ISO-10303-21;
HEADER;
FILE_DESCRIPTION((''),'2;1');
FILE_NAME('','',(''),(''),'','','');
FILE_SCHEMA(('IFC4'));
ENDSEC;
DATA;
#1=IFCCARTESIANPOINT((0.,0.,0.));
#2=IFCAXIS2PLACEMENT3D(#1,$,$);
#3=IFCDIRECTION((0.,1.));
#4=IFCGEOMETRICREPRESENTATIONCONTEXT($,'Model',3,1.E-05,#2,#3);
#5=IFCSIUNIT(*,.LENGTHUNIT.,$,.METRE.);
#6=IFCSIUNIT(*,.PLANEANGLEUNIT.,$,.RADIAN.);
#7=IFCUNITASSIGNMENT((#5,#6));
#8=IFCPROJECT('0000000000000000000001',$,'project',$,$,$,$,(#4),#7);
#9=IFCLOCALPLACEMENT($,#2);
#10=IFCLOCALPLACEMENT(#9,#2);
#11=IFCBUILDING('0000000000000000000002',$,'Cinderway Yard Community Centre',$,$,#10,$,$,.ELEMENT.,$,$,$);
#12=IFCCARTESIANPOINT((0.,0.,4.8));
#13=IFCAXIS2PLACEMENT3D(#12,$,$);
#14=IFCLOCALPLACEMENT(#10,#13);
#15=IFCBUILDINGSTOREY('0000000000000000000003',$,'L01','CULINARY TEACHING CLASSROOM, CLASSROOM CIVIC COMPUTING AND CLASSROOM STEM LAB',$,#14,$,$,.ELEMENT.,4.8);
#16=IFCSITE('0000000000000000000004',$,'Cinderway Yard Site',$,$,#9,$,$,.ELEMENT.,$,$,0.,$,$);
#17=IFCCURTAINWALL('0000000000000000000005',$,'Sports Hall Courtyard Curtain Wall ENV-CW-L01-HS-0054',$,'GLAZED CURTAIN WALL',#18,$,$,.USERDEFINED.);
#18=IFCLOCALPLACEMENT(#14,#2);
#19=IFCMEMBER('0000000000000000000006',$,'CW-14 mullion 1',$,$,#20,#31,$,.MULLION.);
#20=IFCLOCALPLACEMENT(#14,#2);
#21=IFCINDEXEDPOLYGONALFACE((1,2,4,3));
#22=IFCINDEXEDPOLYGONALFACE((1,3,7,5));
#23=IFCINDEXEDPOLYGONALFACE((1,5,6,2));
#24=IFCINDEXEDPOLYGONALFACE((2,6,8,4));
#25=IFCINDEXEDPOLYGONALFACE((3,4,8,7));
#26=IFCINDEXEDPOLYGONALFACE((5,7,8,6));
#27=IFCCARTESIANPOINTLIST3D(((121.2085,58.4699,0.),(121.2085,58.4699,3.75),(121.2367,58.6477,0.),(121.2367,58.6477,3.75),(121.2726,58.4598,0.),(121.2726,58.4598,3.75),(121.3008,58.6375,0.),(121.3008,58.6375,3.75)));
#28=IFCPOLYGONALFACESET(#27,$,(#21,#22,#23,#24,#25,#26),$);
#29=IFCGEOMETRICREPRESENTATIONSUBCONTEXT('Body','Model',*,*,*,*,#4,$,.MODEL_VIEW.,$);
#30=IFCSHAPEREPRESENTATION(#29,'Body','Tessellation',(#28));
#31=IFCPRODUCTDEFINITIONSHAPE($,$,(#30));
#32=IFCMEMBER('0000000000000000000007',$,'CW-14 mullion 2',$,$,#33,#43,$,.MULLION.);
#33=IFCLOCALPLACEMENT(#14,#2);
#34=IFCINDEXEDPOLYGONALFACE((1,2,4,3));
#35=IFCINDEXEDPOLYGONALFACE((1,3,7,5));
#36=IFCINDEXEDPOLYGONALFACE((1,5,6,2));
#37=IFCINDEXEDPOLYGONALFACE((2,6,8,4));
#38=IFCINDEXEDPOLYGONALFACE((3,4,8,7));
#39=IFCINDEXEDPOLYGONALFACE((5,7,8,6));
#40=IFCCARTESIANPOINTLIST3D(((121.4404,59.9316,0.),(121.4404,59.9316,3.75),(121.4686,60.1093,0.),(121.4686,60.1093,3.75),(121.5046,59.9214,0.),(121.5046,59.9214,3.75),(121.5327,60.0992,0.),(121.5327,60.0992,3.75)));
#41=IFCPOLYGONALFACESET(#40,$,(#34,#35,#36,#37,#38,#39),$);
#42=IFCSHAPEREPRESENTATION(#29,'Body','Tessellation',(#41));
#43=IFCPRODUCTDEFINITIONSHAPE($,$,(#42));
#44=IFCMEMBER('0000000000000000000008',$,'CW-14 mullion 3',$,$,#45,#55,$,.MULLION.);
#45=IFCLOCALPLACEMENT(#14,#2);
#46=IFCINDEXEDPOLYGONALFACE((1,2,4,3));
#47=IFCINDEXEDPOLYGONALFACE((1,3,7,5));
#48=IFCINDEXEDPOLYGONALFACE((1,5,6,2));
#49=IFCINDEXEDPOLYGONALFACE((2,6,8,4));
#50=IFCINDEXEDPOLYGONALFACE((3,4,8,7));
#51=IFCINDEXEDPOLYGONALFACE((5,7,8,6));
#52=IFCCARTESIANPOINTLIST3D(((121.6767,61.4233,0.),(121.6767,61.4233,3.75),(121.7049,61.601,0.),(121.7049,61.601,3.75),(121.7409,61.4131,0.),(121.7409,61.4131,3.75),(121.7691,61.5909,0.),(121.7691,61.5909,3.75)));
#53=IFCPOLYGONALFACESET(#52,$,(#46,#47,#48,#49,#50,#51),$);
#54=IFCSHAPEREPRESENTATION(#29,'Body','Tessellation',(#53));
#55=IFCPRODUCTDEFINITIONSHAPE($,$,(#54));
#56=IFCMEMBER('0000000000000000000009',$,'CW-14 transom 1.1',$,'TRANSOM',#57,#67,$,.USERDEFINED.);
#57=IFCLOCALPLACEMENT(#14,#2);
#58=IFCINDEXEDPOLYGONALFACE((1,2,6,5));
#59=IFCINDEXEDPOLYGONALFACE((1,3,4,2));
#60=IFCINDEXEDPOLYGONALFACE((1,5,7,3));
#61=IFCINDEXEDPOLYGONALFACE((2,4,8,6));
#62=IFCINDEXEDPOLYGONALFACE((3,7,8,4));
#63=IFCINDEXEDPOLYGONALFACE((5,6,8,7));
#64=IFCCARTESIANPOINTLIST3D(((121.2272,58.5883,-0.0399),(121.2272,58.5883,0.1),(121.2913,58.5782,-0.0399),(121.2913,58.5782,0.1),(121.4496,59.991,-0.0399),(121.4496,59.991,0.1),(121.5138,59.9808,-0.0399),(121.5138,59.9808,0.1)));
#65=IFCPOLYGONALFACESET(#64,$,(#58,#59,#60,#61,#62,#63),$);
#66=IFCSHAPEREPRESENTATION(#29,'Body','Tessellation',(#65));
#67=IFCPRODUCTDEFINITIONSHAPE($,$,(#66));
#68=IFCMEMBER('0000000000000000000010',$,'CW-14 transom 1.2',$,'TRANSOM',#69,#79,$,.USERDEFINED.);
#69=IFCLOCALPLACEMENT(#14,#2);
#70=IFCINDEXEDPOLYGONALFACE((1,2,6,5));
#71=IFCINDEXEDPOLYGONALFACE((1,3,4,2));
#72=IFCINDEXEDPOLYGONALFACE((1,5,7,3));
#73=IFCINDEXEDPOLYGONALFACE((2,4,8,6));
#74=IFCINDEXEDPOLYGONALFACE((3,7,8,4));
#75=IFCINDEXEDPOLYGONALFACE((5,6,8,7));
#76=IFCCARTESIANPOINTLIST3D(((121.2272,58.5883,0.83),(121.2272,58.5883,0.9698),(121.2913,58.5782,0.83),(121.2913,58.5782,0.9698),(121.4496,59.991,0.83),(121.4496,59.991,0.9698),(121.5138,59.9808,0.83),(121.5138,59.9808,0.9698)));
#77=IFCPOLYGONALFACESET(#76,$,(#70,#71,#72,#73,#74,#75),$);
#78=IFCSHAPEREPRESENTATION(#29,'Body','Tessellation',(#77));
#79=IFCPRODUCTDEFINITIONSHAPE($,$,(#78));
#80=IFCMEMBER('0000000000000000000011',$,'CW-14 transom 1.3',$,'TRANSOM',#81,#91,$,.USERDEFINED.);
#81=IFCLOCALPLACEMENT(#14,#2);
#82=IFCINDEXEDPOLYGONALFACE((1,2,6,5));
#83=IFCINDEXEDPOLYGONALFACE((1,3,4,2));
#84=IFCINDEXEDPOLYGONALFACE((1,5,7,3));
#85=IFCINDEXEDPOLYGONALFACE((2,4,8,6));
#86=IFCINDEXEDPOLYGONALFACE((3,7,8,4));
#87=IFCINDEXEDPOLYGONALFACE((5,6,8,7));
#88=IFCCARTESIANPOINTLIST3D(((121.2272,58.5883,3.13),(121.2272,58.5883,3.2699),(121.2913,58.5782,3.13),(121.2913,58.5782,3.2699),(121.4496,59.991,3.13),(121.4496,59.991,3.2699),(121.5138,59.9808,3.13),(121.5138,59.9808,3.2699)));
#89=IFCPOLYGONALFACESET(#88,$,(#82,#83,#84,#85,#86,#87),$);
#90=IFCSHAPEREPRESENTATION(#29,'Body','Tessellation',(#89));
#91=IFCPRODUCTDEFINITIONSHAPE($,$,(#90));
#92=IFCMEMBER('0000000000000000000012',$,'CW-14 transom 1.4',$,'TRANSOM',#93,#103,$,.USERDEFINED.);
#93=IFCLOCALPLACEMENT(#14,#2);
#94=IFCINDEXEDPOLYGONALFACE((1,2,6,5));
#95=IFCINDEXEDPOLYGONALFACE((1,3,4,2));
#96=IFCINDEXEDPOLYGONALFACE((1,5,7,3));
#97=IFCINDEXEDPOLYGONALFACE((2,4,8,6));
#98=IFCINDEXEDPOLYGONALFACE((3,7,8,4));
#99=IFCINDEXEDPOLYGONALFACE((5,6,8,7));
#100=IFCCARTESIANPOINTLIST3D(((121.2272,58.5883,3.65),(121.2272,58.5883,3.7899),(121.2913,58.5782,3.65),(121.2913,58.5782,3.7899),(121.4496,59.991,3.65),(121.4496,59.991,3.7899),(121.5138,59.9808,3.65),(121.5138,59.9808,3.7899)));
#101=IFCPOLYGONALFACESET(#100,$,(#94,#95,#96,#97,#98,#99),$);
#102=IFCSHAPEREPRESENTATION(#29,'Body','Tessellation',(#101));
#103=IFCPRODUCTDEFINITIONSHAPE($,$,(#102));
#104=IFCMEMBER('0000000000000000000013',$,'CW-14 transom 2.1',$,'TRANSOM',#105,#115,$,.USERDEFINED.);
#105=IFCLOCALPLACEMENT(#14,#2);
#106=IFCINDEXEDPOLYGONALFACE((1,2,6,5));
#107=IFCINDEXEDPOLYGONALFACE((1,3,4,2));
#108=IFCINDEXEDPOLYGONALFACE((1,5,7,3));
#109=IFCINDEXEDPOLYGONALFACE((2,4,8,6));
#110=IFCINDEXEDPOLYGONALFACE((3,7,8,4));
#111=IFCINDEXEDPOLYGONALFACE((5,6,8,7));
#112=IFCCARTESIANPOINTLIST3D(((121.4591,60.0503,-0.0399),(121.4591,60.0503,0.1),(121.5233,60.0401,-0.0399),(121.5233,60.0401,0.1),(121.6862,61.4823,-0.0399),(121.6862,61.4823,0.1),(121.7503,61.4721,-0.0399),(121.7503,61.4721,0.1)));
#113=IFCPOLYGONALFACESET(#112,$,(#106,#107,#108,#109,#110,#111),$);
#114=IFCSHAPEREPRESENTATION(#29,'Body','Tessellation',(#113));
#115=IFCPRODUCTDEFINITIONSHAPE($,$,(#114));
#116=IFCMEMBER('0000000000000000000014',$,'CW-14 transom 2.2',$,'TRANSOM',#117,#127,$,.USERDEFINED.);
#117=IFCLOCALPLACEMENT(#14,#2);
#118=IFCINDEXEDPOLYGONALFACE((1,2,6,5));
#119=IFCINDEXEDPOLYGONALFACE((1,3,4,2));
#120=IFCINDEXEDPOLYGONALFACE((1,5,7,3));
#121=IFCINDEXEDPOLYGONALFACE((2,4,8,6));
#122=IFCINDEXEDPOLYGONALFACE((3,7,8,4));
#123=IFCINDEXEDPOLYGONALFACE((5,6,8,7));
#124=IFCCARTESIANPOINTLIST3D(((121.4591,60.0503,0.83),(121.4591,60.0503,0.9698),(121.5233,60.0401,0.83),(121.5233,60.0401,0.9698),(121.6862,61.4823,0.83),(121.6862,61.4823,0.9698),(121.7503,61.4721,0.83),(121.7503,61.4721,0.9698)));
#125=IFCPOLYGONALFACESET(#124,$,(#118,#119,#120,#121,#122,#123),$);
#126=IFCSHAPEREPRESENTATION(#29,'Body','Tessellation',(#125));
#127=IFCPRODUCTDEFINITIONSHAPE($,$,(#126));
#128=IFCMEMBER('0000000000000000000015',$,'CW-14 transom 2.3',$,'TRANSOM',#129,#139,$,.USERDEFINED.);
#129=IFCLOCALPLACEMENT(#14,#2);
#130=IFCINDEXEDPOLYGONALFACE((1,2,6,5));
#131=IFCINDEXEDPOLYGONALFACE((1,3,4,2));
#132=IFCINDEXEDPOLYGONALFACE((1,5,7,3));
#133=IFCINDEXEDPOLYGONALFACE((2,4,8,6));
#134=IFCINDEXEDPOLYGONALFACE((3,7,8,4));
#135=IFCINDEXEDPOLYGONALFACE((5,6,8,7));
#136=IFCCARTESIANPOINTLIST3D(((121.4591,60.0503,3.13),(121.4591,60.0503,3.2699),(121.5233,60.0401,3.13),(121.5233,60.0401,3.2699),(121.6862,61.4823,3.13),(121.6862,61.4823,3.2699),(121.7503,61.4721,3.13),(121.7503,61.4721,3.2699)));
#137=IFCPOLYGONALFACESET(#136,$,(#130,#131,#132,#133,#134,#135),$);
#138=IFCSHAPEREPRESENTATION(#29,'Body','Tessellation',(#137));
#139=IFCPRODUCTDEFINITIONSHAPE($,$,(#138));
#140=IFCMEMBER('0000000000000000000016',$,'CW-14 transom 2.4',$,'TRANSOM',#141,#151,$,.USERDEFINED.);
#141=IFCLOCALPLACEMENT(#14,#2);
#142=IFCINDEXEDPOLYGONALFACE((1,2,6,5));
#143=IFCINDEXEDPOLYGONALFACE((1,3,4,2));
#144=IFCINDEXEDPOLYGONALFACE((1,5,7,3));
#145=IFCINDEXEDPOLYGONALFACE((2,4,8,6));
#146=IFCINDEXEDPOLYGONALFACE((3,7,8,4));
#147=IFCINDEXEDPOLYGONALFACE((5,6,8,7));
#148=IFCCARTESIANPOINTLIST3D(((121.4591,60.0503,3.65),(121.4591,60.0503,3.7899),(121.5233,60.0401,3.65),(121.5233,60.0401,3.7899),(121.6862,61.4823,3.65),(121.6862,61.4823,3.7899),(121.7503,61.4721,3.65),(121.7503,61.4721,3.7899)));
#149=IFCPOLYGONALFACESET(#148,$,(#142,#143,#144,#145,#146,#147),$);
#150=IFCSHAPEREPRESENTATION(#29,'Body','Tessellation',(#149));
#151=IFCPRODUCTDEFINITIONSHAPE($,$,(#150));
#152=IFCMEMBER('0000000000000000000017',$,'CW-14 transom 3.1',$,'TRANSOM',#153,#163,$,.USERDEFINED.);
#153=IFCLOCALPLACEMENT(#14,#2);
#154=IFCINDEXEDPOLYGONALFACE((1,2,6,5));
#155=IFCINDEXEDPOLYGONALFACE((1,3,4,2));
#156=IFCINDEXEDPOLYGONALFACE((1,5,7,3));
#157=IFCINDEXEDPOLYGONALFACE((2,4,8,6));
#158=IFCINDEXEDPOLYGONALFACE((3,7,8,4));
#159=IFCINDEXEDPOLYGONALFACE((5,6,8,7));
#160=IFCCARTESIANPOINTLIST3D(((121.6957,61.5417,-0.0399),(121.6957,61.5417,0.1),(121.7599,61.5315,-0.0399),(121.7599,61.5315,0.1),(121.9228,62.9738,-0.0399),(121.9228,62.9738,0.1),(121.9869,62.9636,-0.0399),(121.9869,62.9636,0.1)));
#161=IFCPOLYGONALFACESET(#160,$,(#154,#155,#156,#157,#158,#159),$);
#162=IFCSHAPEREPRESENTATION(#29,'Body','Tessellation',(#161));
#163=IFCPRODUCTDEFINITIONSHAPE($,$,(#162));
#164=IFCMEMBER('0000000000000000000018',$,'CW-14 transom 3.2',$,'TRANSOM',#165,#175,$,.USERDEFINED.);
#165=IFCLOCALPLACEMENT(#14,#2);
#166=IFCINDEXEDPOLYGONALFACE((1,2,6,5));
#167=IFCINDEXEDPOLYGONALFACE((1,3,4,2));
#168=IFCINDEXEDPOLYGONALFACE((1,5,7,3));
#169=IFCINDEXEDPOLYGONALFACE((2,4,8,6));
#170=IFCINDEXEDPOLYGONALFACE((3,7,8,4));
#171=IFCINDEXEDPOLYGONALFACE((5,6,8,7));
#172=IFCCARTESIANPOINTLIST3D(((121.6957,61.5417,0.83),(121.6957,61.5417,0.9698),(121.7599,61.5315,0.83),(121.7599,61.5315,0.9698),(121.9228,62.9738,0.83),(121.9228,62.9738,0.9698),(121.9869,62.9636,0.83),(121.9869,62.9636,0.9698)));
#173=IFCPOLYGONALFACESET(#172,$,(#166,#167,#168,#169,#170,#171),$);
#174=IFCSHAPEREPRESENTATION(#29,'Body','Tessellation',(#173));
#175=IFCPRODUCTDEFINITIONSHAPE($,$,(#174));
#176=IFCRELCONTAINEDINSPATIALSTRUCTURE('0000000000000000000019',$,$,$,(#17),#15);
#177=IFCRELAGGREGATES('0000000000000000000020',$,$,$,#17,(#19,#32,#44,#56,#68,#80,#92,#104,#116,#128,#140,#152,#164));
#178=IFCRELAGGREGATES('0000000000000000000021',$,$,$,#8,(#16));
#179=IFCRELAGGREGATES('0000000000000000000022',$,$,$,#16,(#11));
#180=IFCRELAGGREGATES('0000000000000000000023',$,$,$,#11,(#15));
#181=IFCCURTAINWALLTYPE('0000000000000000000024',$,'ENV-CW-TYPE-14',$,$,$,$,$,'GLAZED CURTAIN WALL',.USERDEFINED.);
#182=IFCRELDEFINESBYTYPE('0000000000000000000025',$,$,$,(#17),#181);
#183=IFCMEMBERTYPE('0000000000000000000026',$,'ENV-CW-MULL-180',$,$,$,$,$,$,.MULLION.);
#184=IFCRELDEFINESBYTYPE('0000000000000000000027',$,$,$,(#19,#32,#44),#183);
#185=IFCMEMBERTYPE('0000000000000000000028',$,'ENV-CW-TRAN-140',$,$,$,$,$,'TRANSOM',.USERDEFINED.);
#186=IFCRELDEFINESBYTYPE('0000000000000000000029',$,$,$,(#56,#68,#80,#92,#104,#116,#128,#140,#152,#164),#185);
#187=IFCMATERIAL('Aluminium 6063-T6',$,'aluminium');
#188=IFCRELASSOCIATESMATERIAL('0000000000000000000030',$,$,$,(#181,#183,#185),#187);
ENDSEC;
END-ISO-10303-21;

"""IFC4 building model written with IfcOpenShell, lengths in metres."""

from ifc_helpers import new_model, si_unit, direction, frame, origin, origin_2d, place, context, subcontext, project, spatial, rectangle, extrude, material, material_profile, profile_set, type_object, element, aggregate, save


model = new_model("IFC4")

# Units and contexts
model_context = context("Model", 3, precision=1e-05, world=origin(), true_north=direction((0.0, 1.0)))
body_context = subcontext(model_context, "Body", "Model", "MODEL_VIEW")
ifc_project = project(units=[si_unit("LENGTHUNIT", "METRE"), si_unit("PLANEANGLEUNIT", "RADIAN")], contexts=[model_context])

# Site, building, storey
site_placement = place(None, origin())
site = spatial("IfcSite", under=ifc_project, at=site_placement, Name="Cinderway Yard Site", CompositionType="ELEMENT", RefElevation=0.0)
building_placement = place(site_placement, origin())
building = spatial("IfcBuilding", under=site, at=building_placement, Name="Cinderway Yard Community Centre", CompositionType="ELEMENT")
storey_placement = place(building_placement, frame((0.0, 0.0, 4.8)))
storey = spatial("IfcBuildingStorey", under=building, at=storey_placement, Name="L01", Description="CULINARY TEACHING CLASSROOM, CLASSROOM CIVIC COMPUTING AND CLASSROOM STEM LAB", CompositionType="ELEMENT", Elevation=4.8)

# Curtain wall, members
ifc_material_1 = material(Name="Aluminium 6063-T6", Category="aluminium")
curtain_wall_type = type_object("IfcCurtainWallType", Name="ENV-CW-TYPE-14", ElementType="GLAZED CURTAIN WALL", PredefinedType="USERDEFINED", material=ifc_material_1)
curtain_wall_placement = place(storey_placement, origin())
curtain_wall = element("IfcCurtainWall", 1, at=curtain_wall_placement, inside=storey, type_object=curtain_wall_type, Name="Sports Hall Courtyard Curtain Wall ENV-CW-L01-HS-0054", ObjectType="GLAZED CURTAIN WALL", PredefinedType="USERDEFINED")
ifc_material_profile_1 = material_profile(ifc_material_1, rectangle(XDim=0.0649, YDim=0.1799, at=origin_2d()), Name="Aluminium 6063-T6")
ifc_profile_set_1 = profile_set([ifc_material_profile_1], Name="Aluminium 6063-T6")
member_type_1 = type_object("IfcMemberType", Name="ENV-CW-MULL-180", PredefinedType="MULLION", material=ifc_profile_set_1)
member_1_placement = place(storey_placement, frame((121.2546, 58.5537, 0.0), z_axis=(0.0, 0.0, 1.0), x_axis=(-0.987661, 0.156609, 0.0)))
member_1 = element("IfcMember", 2, at=member_1_placement, type_object=member_type_1, Name="CW-14 mullion 1", PredefinedType="MULLION", context=body_context, shape_type="SweptSolid", body=[
    extrude(rectangle(XDim=0.0649, YDim=0.1799, at=origin_2d()), origin(), (0.0, 0.0, 1.0), 3.75),
])
member_2_placement = place(storey_placement, frame((121.4866, 60.0154, 0.0), z_axis=(0.0, 0.0, 1.0), x_axis=(-0.987661, 0.156609, 0.0)))
member_2 = element("IfcMember", 3, at=member_2_placement, type_object=member_type_1, Name="CW-14 mullion 2", PredefinedType="MULLION", context=body_context, shape_type="SweptSolid", body=[
    extrude(rectangle(XDim=0.0649, YDim=0.1799, at=origin_2d()), origin(), (0.0, 0.0, 1.0), 3.75),
])
member_3_placement = place(storey_placement, frame((121.7229, 61.5071, 0.0), z_axis=(0.0, 0.0, 1.0), x_axis=(-0.987661, 0.156609, 0.0)))
member_3 = element("IfcMember", 4, at=member_3_placement, type_object=member_type_1, Name="CW-14 mullion 3", PredefinedType="MULLION", context=body_context, shape_type="SweptSolid", body=[
    extrude(rectangle(XDim=0.0649, YDim=0.1799, at=origin_2d()), origin(), (0.0, 0.0, 1.0), 3.75),
])
ifc_material_profile_2 = material_profile(ifc_material_1, rectangle(XDim=0.0649, YDim=0.1399, at=origin_2d()), Name="Aluminium 6063-T6")
ifc_profile_set_2 = profile_set([ifc_material_profile_2], Name="Aluminium 6063-T6")
member_type_2 = type_object("IfcMemberType", Name="ENV-CW-TRAN-140", ElementType="TRANSOM", PredefinedType="USERDEFINED", material=ifc_profile_set_2)
member_4_placement = place(storey_placement, frame((121.2593, 58.5833, 0.03), z_axis=(0.156616, 0.98766, 0.0), x_axis=(-0.98766, 0.156616, 0.0)))
member_4 = element("IfcMember", 5, at=member_4_placement, type_object=member_type_2, Name="CW-14 transom 1.1", ObjectType="TRANSOM", PredefinedType="USERDEFINED", context=body_context, shape_type="SweptSolid", body=[
    extrude(rectangle(XDim=0.0649, YDim=0.1399, at=origin_2d()), origin(), (0.0, 0.0, 1.0), 1.4202),
])
member_5_placement = place(storey_placement, frame((121.2593, 58.5833, 0.8999), z_axis=(0.156616, 0.98766, 0.0), x_axis=(-0.98766, 0.156616, 0.0)))
member_5 = element("IfcMember", 6, at=member_5_placement, type_object=member_type_2, Name="CW-14 transom 1.2", ObjectType="TRANSOM", PredefinedType="USERDEFINED", context=body_context, shape_type="SweptSolid", body=[
    extrude(rectangle(XDim=0.0649, YDim=0.1399, at=origin_2d()), origin(), (0.0, 0.0, 1.0), 1.4202),
])
member_6_placement = place(storey_placement, frame((121.2593, 58.5833, 3.2), z_axis=(0.156616, 0.98766, 0.0), x_axis=(-0.98766, 0.156616, 0.0)))
member_6 = element("IfcMember", 7, at=member_6_placement, type_object=member_type_2, Name="CW-14 transom 1.3", ObjectType="TRANSOM", PredefinedType="USERDEFINED", context=body_context, shape_type="SweptSolid", body=[
    extrude(rectangle(XDim=0.0649, YDim=0.1399, at=origin_2d()), origin(), (0.0, 0.0, 1.0), 1.4202),
])
member_7_placement = place(storey_placement, frame((121.2593, 58.5833, 3.72), z_axis=(0.156616, 0.98766, 0.0), x_axis=(-0.98766, 0.156616, 0.0)))
member_7 = element("IfcMember", 8, at=member_7_placement, type_object=member_type_2, Name="CW-14 transom 1.4", ObjectType="TRANSOM", PredefinedType="USERDEFINED", context=body_context, shape_type="SweptSolid", body=[
    extrude(rectangle(XDim=0.0649, YDim=0.1399, at=origin_2d()), origin(), (0.0, 0.0, 1.0), 1.4202),
])
member_8_placement = place(storey_placement, frame((121.4912, 60.0452, 0.03), z_axis=(0.156585, 0.987664, 0.0), x_axis=(-0.987664, 0.156585, 0.0)))
member_8 = element("IfcMember", 9, at=member_8_placement, type_object=member_type_2, Name="CW-14 transom 2.1", ObjectType="TRANSOM", PredefinedType="USERDEFINED", context=body_context, shape_type="SweptSolid", body=[
    extrude(rectangle(XDim=0.0649, YDim=0.1399, at=origin_2d()), origin(), (0.0, 0.0, 1.0), 1.45),
])
member_9_placement = place(storey_placement, frame((121.4912, 60.0452, 0.8999), z_axis=(0.156585, 0.987664, 0.0), x_axis=(-0.987664, 0.156585, 0.0)))
member_9 = element("IfcMember", 10, at=member_9_placement, type_object=member_type_2, Name="CW-14 transom 2.2", ObjectType="TRANSOM", PredefinedType="USERDEFINED", context=body_context, shape_type="SweptSolid", body=[
    extrude(rectangle(XDim=0.0649, YDim=0.1399, at=origin_2d()), origin(), (0.0, 0.0, 1.0), 1.45),
])
member_10_placement = place(storey_placement, frame((121.4912, 60.0452, 3.2), z_axis=(0.156585, 0.987664, 0.0), x_axis=(-0.987664, 0.156585, 0.0)))
member_10 = element("IfcMember", 11, at=member_10_placement, type_object=member_type_2, Name="CW-14 transom 2.3", ObjectType="TRANSOM", PredefinedType="USERDEFINED", context=body_context, shape_type="SweptSolid", body=[
    extrude(rectangle(XDim=0.0649, YDim=0.1399, at=origin_2d()), origin(), (0.0, 0.0, 1.0), 1.45),
])
member_11_placement = place(storey_placement, frame((121.4912, 60.0452, 3.72), z_axis=(0.156585, 0.987664, 0.0), x_axis=(-0.987664, 0.156585, 0.0)))
member_11 = element("IfcMember", 12, at=member_11_placement, type_object=member_type_2, Name="CW-14 transom 2.4", ObjectType="TRANSOM", PredefinedType="USERDEFINED", context=body_context, shape_type="SweptSolid", body=[
    extrude(rectangle(XDim=0.0649, YDim=0.1399, at=origin_2d()), origin(), (0.0, 0.0, 1.0), 1.45),
])
member_12_placement = place(storey_placement, frame((121.7278, 61.5366, 0.03), z_axis=(0.156585, 0.987664, 0.0), x_axis=(-0.987664, 0.156585, 0.0)))
member_12 = element("IfcMember", 13, at=member_12_placement, type_object=member_type_2, Name="CW-14 transom 3.1", ObjectType="TRANSOM", PredefinedType="USERDEFINED", context=body_context, shape_type="SweptSolid", body=[
    extrude(rectangle(XDim=0.0649, YDim=0.1399, at=origin_2d()), origin(), (0.0, 0.0, 1.0), 1.45),
])
member_13_placement = place(storey_placement, frame((121.7278, 61.5366, 0.8999), z_axis=(0.156585, 0.987664, 0.0), x_axis=(-0.987664, 0.156585, 0.0)))
member_13 = element("IfcMember", 14, at=member_13_placement, type_object=member_type_2, Name="CW-14 transom 3.2", ObjectType="TRANSOM", PredefinedType="USERDEFINED", context=body_context, shape_type="SweptSolid", body=[
    extrude(rectangle(XDim=0.0649, YDim=0.1399, at=origin_2d()), origin(), (0.0, 0.0, 1.0), 1.45),
])

aggregate(curtain_wall, [member_1, member_2, member_3, member_4, member_5, member_6, member_7, member_8, member_9, member_10, member_11, member_12, member_13])

save(model, "model.ifc")
